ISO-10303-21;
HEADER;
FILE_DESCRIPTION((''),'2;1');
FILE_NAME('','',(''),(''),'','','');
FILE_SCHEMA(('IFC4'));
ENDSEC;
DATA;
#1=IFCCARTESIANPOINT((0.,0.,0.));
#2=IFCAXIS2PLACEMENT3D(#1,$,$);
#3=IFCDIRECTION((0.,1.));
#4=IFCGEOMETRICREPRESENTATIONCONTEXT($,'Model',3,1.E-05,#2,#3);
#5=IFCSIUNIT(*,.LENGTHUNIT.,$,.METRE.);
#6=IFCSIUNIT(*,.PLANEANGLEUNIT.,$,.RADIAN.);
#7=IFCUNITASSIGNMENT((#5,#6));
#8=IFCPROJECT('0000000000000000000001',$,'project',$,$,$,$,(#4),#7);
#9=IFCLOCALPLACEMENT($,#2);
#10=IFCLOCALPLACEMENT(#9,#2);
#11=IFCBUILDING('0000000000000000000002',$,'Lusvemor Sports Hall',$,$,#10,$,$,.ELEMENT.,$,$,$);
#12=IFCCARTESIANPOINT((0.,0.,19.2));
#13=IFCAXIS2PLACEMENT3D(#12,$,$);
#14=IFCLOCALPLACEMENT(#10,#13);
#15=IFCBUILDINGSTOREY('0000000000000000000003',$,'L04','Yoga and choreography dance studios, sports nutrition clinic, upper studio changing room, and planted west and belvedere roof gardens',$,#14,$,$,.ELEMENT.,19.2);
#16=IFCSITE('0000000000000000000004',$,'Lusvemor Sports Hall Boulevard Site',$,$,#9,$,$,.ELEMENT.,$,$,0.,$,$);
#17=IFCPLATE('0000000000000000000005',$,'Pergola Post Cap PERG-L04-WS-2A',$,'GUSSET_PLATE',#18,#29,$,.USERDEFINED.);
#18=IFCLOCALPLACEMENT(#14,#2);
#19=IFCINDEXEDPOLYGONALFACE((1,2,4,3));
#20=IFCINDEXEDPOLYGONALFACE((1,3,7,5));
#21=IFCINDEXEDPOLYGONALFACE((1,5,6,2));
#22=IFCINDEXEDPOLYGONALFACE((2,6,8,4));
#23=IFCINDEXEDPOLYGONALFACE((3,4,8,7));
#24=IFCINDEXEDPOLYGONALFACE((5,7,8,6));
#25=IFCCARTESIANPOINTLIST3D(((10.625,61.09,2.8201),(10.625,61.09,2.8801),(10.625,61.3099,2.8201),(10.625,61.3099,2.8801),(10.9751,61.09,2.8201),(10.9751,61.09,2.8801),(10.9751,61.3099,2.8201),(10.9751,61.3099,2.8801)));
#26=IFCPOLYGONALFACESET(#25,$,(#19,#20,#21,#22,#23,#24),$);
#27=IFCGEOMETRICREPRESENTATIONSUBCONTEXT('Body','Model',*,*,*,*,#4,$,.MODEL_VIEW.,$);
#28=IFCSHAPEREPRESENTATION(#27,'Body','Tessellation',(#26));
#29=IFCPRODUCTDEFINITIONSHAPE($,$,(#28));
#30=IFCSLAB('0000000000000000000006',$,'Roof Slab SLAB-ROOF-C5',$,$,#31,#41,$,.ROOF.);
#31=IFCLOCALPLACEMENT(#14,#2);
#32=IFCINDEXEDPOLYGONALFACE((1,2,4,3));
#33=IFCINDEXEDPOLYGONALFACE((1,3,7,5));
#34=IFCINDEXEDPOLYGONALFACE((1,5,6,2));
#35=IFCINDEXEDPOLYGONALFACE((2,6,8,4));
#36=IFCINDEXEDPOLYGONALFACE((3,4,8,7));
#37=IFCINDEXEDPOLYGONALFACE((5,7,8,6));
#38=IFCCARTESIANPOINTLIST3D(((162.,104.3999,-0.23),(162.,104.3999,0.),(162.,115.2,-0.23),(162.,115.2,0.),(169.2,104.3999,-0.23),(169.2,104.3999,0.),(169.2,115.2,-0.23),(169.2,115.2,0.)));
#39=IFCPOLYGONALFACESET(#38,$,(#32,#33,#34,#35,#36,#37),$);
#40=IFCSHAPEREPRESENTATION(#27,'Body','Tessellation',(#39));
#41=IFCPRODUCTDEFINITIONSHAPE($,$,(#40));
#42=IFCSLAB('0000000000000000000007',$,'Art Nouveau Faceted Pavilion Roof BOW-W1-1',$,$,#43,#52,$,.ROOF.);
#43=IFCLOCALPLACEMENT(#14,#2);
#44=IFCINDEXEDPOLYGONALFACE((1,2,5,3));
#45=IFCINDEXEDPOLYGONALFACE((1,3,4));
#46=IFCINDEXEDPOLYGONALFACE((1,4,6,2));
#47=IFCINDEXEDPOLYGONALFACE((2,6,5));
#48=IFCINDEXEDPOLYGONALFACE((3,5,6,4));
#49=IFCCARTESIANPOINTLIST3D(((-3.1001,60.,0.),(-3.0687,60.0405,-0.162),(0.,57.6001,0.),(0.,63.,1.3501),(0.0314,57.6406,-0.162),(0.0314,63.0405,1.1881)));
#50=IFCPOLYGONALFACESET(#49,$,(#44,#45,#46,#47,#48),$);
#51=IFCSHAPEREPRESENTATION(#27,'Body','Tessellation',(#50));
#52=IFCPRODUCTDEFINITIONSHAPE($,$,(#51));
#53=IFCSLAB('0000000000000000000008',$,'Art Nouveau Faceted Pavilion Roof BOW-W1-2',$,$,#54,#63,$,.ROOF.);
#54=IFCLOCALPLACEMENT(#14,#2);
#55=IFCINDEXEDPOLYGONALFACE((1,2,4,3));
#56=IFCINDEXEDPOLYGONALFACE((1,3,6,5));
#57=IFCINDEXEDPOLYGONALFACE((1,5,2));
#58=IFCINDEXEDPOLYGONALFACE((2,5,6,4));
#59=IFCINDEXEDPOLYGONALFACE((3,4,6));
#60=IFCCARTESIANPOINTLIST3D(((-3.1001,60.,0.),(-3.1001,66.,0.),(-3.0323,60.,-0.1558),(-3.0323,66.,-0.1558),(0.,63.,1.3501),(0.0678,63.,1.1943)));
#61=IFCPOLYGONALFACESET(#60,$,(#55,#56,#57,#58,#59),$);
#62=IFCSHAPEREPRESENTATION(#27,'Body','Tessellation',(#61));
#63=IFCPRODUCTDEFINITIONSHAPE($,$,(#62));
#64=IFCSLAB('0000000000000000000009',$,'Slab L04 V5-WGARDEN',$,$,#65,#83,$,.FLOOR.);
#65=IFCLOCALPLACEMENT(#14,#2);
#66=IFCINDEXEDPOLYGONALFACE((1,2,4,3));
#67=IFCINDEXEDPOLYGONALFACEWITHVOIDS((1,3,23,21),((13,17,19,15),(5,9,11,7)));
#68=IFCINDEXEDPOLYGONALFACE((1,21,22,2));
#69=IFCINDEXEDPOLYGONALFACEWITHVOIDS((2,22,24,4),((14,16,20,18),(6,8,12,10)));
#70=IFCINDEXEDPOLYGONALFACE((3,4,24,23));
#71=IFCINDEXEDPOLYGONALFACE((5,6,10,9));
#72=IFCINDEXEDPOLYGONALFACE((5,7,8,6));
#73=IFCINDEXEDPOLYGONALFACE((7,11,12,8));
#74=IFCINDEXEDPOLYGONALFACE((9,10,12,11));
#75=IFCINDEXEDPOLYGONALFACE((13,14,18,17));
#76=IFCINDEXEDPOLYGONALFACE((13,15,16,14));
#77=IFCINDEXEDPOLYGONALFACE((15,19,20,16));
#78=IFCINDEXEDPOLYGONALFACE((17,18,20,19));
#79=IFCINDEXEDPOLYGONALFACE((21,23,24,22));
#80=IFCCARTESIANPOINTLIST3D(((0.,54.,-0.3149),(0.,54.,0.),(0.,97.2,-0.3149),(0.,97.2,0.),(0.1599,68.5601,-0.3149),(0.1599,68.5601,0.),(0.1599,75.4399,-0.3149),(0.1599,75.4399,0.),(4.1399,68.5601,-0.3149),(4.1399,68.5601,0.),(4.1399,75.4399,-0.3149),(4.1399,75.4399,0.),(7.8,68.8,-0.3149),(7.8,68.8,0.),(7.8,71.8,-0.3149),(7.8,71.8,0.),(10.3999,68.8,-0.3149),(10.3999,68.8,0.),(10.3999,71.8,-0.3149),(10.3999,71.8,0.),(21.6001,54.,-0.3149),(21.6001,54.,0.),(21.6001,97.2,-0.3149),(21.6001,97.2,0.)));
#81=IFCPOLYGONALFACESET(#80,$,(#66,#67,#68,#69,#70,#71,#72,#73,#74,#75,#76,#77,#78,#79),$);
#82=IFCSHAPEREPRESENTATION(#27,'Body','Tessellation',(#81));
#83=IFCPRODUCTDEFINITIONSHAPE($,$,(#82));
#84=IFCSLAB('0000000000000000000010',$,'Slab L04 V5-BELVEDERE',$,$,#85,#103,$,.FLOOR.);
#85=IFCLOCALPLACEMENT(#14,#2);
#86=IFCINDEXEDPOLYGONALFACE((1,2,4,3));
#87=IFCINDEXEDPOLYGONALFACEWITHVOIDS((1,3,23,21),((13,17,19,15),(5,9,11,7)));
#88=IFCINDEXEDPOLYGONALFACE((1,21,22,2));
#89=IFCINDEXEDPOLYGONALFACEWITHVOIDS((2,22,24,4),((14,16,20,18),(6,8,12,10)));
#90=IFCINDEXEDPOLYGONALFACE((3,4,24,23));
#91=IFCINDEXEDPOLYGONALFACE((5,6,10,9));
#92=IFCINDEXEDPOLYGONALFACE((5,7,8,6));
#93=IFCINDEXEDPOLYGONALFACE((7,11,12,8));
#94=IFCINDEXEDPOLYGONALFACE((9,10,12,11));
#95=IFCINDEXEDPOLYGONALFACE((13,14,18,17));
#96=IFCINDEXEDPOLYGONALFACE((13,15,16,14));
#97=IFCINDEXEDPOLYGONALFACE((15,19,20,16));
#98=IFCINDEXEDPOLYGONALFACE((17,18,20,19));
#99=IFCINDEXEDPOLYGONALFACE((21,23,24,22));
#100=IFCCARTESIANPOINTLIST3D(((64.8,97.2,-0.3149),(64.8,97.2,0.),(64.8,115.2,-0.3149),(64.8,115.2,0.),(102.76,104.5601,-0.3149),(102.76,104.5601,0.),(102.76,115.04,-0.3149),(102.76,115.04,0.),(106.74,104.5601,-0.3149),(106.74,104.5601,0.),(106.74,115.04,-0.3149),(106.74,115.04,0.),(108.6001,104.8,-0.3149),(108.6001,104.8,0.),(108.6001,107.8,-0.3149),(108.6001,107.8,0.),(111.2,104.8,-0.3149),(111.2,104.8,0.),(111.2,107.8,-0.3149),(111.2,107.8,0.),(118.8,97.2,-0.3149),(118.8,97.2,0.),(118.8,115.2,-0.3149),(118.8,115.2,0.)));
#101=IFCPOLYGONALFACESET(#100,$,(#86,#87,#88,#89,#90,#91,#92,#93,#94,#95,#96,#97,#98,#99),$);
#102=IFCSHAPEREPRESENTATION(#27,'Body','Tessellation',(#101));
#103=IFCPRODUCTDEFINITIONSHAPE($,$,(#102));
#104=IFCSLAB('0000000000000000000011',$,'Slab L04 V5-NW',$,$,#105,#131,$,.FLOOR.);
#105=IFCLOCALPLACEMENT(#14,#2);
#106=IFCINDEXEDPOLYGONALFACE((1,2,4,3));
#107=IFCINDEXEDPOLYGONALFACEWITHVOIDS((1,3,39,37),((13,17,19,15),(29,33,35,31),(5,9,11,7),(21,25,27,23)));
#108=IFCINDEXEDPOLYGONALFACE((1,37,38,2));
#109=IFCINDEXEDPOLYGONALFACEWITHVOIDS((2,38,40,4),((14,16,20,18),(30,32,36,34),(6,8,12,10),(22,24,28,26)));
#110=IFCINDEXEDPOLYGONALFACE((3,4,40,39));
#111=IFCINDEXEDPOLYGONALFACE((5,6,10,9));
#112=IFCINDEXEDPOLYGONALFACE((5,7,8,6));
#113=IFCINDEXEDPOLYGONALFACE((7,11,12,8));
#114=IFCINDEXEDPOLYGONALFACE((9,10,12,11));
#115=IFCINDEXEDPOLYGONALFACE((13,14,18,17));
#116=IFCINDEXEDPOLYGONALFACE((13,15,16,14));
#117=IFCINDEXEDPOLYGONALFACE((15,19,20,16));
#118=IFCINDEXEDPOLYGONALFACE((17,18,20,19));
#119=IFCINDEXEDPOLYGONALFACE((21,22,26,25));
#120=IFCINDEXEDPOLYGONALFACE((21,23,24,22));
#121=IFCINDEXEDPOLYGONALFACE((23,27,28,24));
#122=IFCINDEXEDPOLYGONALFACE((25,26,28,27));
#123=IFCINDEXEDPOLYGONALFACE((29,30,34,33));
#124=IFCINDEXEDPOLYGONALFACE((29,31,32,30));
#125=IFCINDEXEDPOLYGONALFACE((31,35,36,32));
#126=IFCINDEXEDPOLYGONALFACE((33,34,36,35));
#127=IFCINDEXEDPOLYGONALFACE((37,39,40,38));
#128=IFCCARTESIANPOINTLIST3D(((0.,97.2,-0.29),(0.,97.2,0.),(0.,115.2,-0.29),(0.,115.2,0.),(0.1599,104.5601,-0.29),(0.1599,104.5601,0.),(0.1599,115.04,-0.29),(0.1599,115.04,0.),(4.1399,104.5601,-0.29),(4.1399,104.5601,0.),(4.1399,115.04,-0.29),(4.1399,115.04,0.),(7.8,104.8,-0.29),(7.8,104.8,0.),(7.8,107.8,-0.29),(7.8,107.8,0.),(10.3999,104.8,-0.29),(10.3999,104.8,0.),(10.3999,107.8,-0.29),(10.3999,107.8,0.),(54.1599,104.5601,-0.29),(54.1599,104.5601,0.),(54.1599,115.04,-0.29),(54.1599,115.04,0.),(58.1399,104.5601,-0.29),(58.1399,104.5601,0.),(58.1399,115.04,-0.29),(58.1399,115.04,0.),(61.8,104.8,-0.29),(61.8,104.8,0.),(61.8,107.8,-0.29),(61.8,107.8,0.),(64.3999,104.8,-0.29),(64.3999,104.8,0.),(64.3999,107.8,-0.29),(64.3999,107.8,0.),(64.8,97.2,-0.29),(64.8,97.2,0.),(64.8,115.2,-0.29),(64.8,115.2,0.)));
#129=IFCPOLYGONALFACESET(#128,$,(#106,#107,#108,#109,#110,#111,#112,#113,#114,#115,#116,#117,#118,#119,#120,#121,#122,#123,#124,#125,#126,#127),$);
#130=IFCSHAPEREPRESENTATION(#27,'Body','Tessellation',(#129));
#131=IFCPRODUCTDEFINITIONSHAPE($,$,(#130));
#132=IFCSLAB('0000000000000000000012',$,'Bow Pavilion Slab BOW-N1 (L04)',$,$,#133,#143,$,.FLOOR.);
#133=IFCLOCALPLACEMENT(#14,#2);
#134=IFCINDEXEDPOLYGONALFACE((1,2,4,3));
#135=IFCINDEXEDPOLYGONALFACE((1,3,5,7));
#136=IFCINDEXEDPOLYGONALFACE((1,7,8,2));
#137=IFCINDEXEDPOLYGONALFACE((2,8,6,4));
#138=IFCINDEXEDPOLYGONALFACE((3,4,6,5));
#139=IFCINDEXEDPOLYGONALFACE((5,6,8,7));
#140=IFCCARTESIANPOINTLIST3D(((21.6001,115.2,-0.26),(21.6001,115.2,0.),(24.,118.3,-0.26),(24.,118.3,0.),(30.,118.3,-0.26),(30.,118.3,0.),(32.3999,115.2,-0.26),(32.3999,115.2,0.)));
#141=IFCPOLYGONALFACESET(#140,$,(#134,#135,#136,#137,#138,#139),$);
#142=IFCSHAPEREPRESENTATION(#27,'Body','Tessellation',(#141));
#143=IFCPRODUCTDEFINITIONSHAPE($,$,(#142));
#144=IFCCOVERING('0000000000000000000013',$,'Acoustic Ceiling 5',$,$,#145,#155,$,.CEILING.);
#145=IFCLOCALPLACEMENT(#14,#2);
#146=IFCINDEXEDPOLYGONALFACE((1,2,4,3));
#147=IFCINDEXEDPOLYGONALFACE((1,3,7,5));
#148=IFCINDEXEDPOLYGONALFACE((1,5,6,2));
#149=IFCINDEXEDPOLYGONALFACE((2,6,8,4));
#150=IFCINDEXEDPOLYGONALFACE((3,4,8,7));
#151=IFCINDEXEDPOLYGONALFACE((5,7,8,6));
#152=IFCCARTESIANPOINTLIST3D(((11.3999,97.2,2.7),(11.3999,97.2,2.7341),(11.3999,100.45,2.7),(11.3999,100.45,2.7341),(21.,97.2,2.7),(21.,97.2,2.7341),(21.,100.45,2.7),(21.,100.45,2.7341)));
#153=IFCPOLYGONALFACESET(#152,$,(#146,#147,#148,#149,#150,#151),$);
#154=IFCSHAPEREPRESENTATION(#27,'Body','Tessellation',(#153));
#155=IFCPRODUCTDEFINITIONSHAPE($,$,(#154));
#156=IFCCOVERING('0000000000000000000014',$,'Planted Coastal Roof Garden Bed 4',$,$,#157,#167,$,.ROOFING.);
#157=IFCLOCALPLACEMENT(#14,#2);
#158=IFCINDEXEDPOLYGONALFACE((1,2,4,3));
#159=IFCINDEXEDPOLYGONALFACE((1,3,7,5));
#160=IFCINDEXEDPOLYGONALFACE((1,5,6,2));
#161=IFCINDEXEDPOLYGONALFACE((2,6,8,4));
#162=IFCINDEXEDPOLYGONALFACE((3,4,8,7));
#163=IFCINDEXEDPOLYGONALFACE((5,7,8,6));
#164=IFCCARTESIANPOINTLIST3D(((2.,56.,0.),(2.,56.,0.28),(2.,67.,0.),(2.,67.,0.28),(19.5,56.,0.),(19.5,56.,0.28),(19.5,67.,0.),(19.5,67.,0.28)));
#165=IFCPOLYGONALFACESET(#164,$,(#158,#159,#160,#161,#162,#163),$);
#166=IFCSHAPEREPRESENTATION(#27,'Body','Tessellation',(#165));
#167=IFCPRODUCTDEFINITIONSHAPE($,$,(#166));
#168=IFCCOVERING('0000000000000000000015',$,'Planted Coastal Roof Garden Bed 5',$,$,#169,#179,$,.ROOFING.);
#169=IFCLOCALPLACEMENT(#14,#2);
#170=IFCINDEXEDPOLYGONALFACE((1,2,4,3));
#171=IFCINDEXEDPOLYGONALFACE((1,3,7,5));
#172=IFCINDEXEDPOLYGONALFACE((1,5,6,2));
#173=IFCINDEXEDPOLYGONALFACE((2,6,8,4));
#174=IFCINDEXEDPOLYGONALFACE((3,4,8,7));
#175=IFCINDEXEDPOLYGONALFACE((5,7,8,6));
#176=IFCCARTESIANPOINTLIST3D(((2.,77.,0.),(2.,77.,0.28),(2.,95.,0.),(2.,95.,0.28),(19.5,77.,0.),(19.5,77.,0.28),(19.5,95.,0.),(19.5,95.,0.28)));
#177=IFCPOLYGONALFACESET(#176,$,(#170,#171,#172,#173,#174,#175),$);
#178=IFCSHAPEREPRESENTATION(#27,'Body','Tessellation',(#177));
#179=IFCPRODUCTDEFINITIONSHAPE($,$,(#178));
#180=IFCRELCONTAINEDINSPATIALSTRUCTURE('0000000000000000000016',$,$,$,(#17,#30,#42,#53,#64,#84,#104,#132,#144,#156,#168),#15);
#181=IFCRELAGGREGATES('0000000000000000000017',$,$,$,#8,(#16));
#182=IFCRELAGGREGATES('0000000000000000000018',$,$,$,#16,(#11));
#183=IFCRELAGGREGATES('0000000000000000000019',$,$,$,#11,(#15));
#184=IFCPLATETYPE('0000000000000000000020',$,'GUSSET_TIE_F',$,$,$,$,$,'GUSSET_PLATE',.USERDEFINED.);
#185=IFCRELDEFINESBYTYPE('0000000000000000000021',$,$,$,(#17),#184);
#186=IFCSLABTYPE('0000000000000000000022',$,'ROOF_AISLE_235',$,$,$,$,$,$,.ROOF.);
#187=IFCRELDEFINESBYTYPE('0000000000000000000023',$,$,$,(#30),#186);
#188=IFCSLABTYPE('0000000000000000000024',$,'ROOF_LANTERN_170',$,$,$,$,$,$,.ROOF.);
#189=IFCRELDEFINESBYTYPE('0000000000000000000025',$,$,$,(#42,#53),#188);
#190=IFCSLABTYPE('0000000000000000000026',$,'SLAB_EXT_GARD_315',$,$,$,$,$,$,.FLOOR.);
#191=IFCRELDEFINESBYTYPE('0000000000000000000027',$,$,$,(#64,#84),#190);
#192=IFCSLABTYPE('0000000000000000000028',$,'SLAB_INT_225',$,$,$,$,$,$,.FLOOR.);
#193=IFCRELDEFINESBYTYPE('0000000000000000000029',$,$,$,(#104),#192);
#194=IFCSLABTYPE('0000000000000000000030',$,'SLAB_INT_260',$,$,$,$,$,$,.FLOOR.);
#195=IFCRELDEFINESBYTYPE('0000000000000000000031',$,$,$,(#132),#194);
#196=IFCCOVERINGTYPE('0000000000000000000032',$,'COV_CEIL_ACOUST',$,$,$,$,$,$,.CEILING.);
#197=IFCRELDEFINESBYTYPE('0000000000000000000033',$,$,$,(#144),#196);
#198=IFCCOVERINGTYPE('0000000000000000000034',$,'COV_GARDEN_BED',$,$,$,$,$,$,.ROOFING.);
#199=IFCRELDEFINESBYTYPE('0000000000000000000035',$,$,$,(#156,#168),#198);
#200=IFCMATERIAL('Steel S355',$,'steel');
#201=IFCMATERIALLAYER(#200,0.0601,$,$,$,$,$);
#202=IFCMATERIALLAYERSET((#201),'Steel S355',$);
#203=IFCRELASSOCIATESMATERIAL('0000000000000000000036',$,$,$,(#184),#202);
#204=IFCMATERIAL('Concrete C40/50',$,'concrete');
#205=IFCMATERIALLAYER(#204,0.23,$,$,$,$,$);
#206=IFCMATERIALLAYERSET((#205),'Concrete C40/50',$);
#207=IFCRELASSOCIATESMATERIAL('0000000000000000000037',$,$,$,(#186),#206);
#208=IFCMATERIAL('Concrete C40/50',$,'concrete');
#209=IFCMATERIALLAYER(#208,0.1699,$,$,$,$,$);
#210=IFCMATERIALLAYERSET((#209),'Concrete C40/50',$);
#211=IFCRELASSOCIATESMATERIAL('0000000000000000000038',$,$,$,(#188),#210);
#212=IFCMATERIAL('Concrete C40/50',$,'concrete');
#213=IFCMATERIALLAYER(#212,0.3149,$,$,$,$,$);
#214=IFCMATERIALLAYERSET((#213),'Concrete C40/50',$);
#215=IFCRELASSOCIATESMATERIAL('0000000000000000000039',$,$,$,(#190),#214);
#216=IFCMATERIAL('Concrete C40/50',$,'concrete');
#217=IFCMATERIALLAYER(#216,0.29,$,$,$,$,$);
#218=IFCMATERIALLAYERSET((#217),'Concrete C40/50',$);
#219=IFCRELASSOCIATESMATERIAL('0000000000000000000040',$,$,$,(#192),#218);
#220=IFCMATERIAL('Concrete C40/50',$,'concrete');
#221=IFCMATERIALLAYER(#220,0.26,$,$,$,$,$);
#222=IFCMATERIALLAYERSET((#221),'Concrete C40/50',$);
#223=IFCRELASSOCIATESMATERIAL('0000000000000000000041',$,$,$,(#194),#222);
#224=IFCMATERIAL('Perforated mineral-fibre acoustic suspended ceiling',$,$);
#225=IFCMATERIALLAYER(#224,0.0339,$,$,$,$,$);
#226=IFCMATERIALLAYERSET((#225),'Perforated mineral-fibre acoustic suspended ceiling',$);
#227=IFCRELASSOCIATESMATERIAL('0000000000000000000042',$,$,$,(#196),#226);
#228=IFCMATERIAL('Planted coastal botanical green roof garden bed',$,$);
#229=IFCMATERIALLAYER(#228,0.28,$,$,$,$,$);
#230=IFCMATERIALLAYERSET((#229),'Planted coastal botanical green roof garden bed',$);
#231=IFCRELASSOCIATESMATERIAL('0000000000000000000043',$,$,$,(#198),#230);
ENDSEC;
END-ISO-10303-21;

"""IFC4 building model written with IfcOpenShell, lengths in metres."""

from ifc_helpers import new_model, si_unit, direction, frame, origin, origin_2d, place, context, subcontext, project, spatial, polyline, rectangle, outline, extrude, material, layer, layer_set, type_object, element, save


model = new_model("IFC4")

# Units and contexts
model_context = context("Model", 3, precision=1e-05, world=origin(), true_north=direction((0.0, 1.0)))
body_context = subcontext(model_context, "Body", "Model", "MODEL_VIEW")
ifc_project = project(units=[si_unit("LENGTHUNIT", "METRE"), si_unit("PLANEANGLEUNIT", "RADIAN")], contexts=[model_context])

# Site, building, storey
site_placement = place(None, origin())
site = spatial("IfcSite", under=ifc_project, at=site_placement, Name="Lusvemor Sports Hall Boulevard Site", CompositionType="ELEMENT", RefElevation=0.0)
building_placement = place(site_placement, origin())
building = spatial("IfcBuilding", under=site, at=building_placement, Name="Lusvemor Sports Hall", CompositionType="ELEMENT")
storey_placement = place(building_placement, frame((0.0, 0.0, 19.2)))
storey = spatial("IfcBuildingStorey", under=building, at=storey_placement, Name="L04", Description="Yoga and choreography dance studios, sports nutrition clinic, upper studio changing room, and planted west and belvedere roof gardens", CompositionType="ELEMENT", Elevation=19.2)

# Plate
ifc_material_1 = material(Name="Steel S355", Category="steel")
ifc_layer_1 = layer(ifc_material_1, 0.0601)
ifc_layer_set_1 = layer_set([ifc_layer_1], Name="Steel S355")
plate_type_1 = type_object("IfcPlateType", Name="GUSSET_TIE_F", ElementType="GUSSET_PLATE", PredefinedType="USERDEFINED", material=ifc_layer_set_1)
for number, where, z_axis, x_axis, name in (
    (1, (10.8, 61.2, 2.8201), (0.0, 0.0, 1.0), (1.0, 0.0, 0.0), "Pergola Post Cap PERG-L04-WS-2A"),
):
    element("IfcPlate", number, at=place(storey_placement, frame(where, z_axis=z_axis, x_axis=x_axis)), inside=storey, type_object=plate_type_1, Name=name, ObjectType="GUSSET_PLATE", PredefinedType="USERDEFINED", context=body_context, shape_type="SweptSolid", body=[
        extrude(rectangle(XDim=0.3501, YDim=0.22, at=origin_2d()), origin(), (0.0, 0.0, 1.0), 0.0601),
    ])

# Slabs
ifc_material_2 = material(Name="Concrete C40/50", Category="concrete")
ifc_layer_2 = layer(ifc_material_2, 0.23)
ifc_layer_set_2 = layer_set([ifc_layer_2], Name="Concrete C40/50")
slab_type_1 = type_object("IfcSlabType", Name="ROOF_AISLE_235", PredefinedType="ROOF", material=ifc_layer_set_2)
slab_1_placement = place(storey_placement, frame((0.0, 0.0, -0.23)))
element("IfcSlab", 2, at=slab_1_placement, inside=storey, type_object=slab_type_1, Name="Roof Slab SLAB-ROOF-C5", PredefinedType="ROOF", context=body_context, shape_type="SweptSolid", body=[
    extrude(outline(polyline([(162.0, 104.3999), (169.2, 104.3999), (169.2, 115.2), (162.0, 115.2), (162.0, 104.3999)])), origin(), (0.0, 0.0, 1.0), 0.23),
])
ifc_material_3 = material(Name="Concrete C40/50", Category="concrete")
ifc_layer_3 = layer(ifc_material_3, 0.1699)
ifc_layer_set_3 = layer_set([ifc_layer_3], Name="Concrete C40/50")
slab_type_2 = type_object("IfcSlabType", Name="ROOF_LANTERN_170", PredefinedType="ROOF", material=ifc_layer_set_3)
slab_2_placement = place(storey_placement, frame((0.0, 57.6001, 0.0), z_axis=(-0.184547, -0.23839, 0.953474), x_axis=(-0.790745, 0.612146, 0.0)))
element("IfcSlab", 3, at=slab_2_placement, inside=storey, type_object=slab_type_2, Name="Art Nouveau Faceted Pavilion Roof BOW-W1-1", PredefinedType="ROOF", context=body_context, shape_type="SweptSolid", body=[
    extrude(outline(polyline([(0.0, 0.0), (3.9205, 0.0), (3.3055, -4.4783), (0.0, 0.0)])), origin(), (0.0, 0.0, -1.0), 0.1699),
])
slab_3_placement = place(storey_placement, frame((-3.1001, 60.0, 0.0), z_axis=(-0.39928, 0.0, 0.916829), x_axis=(0.0, 1.0, 0.0)))
element("IfcSlab", 4, at=slab_3_placement, inside=storey, type_object=slab_type_2, Name="Art Nouveau Faceted Pavilion Roof BOW-W1-2", PredefinedType="ROOF", context=body_context, shape_type="SweptSolid", body=[
    extrude(outline(polyline([(0.0, 0.0), (6.0, 0.0), (3.0, -3.3813), (0.0, 0.0)])), origin(), (0.0, 0.0, -1.0), 0.1699),
])
ifc_material_4 = material(Name="Concrete C40/50", Category="concrete")
ifc_layer_4 = layer(ifc_material_4, 0.3149)
ifc_layer_set_4 = layer_set([ifc_layer_4], Name="Concrete C40/50")
slab_type_3 = type_object("IfcSlabType", Name="SLAB_EXT_GARD_315", PredefinedType="FLOOR", material=ifc_layer_set_4)
slab_4_placement = place(storey_placement, frame((0.0, 0.0, -0.3149)))
element("IfcSlab", 5, at=slab_4_placement, inside=storey, type_object=slab_type_3, Name="Slab L04 V5-WGARDEN", PredefinedType="FLOOR", context=body_context, shape_type="SweptSolid", body=[
    extrude(outline(polyline([(0.0, 54.0), (21.6001, 54.0), (21.6001, 97.2), (0.0, 97.2), (0.0, 54.0)]), holes=[polyline([(0.1599, 68.5601), (4.1399, 68.5601), (4.1399, 75.4399), (0.1599, 75.4399), (0.1599, 68.5601)]), polyline([(7.8, 68.8), (10.3999, 68.8), (10.3999, 71.8), (7.8, 71.8), (7.8, 68.8)])]), origin(), (0.0, 0.0, 1.0), 0.3149),
])
slab_5_placement = place(storey_placement, frame((0.0, 0.0, -0.3149)))
element("IfcSlab", 6, at=slab_5_placement, inside=storey, type_object=slab_type_3, Name="Slab L04 V5-BELVEDERE", PredefinedType="FLOOR", context=body_context, shape_type="SweptSolid", body=[
    extrude(outline(polyline([(64.8, 97.2), (118.8, 97.2), (118.8, 115.2), (64.8, 115.2), (64.8, 97.2)]), holes=[polyline([(102.76, 104.5601), (106.74, 104.5601), (106.74, 115.04), (102.76, 115.04), (102.76, 104.5601)]), polyline([(108.6001, 104.8), (111.2, 104.8), (111.2, 107.8), (108.6001, 107.8), (108.6001, 104.8)])]), origin(), (0.0, 0.0, 1.0), 0.3149),
])
ifc_material_5 = material(Name="Concrete C40/50", Category="concrete")
ifc_layer_5 = layer(ifc_material_5, 0.29)
ifc_layer_set_5 = layer_set([ifc_layer_5], Name="Concrete C40/50")
slab_type_4 = type_object("IfcSlabType", Name="SLAB_INT_225", PredefinedType="FLOOR", material=ifc_layer_set_5)
slab_6_placement = place(storey_placement, frame((0.0, 0.0, -0.29)))
element("IfcSlab", 7, at=slab_6_placement, inside=storey, type_object=slab_type_4, Name="Slab L04 V5-NW", PredefinedType="FLOOR", context=body_context, shape_type="SweptSolid", body=[
    extrude(outline(polyline([(0.0, 97.2), (64.8, 97.2), (64.8, 115.2), (0.0, 115.2), (0.0, 97.2)]), holes=[polyline([(0.1599, 104.5601), (4.1399, 104.5601), (4.1399, 115.04), (0.1599, 115.04), (0.1599, 104.5601)]), polyline([(7.8, 104.8), (10.3999, 104.8), (10.3999, 107.8), (7.8, 107.8), (7.8, 104.8)]), polyline([(54.1599, 104.5601), (58.1399, 104.5601), (58.1399, 115.04), (54.1599, 115.04), (54.1599, 104.5601)]), polyline([(61.8, 104.8), (64.3999, 104.8), (64.3999, 107.8), (61.8, 107.8), (61.8, 104.8)])]), origin(), (0.0, 0.0, 1.0), 0.29),
])
ifc_material_6 = material(Name="Concrete C40/50", Category="concrete")
ifc_layer_6 = layer(ifc_material_6, 0.26)
ifc_layer_set_6 = layer_set([ifc_layer_6], Name="Concrete C40/50")
slab_type_5 = type_object("IfcSlabType", Name="SLAB_INT_260", PredefinedType="FLOOR", material=ifc_layer_set_6)
slab_7_placement = place(storey_placement, frame((0.0, 0.0, -0.26)))
element("IfcSlab", 8, at=slab_7_placement, inside=storey, type_object=slab_type_5, Name="Bow Pavilion Slab BOW-N1 (L04)", PredefinedType="FLOOR", context=body_context, shape_type="SweptSolid", body=[
    extrude(outline(polyline([(21.6001, 115.2), (24.0, 118.3), (30.0, 118.3), (32.3999, 115.2), (21.6001, 115.2)])), origin(), (0.0, 0.0, 1.0), 0.26),
])

# Coverings
ifc_material_7 = material(Name="Perforated mineral-fibre acoustic suspended ceiling")
ifc_layer_7 = layer(ifc_material_7, 0.0339)
ifc_layer_set_7 = layer_set([ifc_layer_7], Name="Perforated mineral-fibre acoustic suspended ceiling")
covering_type_1 = type_object("IfcCoveringType", Name="COV_CEIL_ACOUST", PredefinedType="CEILING", material=ifc_layer_set_7)
covering_1_placement = place(storey_placement, frame((0.0, 0.0, 2.7)))
element("IfcCovering", 9, at=covering_1_placement, inside=storey, type_object=covering_type_1, Name="Acoustic Ceiling 5", PredefinedType="CEILING", context=body_context, shape_type="SweptSolid", body=[
    extrude(outline(polyline([(11.3999, 97.2), (21.0, 97.2), (21.0, 100.45), (11.3999, 100.45), (11.3999, 97.2)])), origin(), (0.0, 0.0, 1.0), 0.0342),
])
ifc_material_8 = material(Name="Planted coastal botanical green roof garden bed")
ifc_layer_8 = layer(ifc_material_8, 0.28)
ifc_layer_set_8 = layer_set([ifc_layer_8], Name="Planted coastal botanical green roof garden bed")
covering_type_2 = type_object("IfcCoveringType", Name="COV_GARDEN_BED", PredefinedType="ROOFING", material=ifc_layer_set_8)
covering_2_placement = place(storey_placement, origin())
element("IfcCovering", 10, at=covering_2_placement, inside=storey, type_object=covering_type_2, Name="Planted Coastal Roof Garden Bed 4", PredefinedType="ROOFING", context=body_context, shape_type="SweptSolid", body=[
    extrude(outline(polyline([(2.0, 56.0), (19.5, 56.0), (19.5, 67.0), (2.0, 67.0), (2.0, 56.0)])), origin(), (0.0, 0.0, 1.0), 0.28),
])
covering_3_placement = place(storey_placement, origin())
element("IfcCovering", 11, at=covering_3_placement, inside=storey, type_object=covering_type_2, Name="Planted Coastal Roof Garden Bed 5", PredefinedType="ROOFING", context=body_context, shape_type="SweptSolid", body=[
    extrude(outline(polyline([(2.0, 77.0), (19.5, 77.0), (19.5, 95.0), (2.0, 95.0), (2.0, 77.0)])), origin(), (0.0, 0.0, 1.0), 0.28),
])

save(model, "model.ifc")
